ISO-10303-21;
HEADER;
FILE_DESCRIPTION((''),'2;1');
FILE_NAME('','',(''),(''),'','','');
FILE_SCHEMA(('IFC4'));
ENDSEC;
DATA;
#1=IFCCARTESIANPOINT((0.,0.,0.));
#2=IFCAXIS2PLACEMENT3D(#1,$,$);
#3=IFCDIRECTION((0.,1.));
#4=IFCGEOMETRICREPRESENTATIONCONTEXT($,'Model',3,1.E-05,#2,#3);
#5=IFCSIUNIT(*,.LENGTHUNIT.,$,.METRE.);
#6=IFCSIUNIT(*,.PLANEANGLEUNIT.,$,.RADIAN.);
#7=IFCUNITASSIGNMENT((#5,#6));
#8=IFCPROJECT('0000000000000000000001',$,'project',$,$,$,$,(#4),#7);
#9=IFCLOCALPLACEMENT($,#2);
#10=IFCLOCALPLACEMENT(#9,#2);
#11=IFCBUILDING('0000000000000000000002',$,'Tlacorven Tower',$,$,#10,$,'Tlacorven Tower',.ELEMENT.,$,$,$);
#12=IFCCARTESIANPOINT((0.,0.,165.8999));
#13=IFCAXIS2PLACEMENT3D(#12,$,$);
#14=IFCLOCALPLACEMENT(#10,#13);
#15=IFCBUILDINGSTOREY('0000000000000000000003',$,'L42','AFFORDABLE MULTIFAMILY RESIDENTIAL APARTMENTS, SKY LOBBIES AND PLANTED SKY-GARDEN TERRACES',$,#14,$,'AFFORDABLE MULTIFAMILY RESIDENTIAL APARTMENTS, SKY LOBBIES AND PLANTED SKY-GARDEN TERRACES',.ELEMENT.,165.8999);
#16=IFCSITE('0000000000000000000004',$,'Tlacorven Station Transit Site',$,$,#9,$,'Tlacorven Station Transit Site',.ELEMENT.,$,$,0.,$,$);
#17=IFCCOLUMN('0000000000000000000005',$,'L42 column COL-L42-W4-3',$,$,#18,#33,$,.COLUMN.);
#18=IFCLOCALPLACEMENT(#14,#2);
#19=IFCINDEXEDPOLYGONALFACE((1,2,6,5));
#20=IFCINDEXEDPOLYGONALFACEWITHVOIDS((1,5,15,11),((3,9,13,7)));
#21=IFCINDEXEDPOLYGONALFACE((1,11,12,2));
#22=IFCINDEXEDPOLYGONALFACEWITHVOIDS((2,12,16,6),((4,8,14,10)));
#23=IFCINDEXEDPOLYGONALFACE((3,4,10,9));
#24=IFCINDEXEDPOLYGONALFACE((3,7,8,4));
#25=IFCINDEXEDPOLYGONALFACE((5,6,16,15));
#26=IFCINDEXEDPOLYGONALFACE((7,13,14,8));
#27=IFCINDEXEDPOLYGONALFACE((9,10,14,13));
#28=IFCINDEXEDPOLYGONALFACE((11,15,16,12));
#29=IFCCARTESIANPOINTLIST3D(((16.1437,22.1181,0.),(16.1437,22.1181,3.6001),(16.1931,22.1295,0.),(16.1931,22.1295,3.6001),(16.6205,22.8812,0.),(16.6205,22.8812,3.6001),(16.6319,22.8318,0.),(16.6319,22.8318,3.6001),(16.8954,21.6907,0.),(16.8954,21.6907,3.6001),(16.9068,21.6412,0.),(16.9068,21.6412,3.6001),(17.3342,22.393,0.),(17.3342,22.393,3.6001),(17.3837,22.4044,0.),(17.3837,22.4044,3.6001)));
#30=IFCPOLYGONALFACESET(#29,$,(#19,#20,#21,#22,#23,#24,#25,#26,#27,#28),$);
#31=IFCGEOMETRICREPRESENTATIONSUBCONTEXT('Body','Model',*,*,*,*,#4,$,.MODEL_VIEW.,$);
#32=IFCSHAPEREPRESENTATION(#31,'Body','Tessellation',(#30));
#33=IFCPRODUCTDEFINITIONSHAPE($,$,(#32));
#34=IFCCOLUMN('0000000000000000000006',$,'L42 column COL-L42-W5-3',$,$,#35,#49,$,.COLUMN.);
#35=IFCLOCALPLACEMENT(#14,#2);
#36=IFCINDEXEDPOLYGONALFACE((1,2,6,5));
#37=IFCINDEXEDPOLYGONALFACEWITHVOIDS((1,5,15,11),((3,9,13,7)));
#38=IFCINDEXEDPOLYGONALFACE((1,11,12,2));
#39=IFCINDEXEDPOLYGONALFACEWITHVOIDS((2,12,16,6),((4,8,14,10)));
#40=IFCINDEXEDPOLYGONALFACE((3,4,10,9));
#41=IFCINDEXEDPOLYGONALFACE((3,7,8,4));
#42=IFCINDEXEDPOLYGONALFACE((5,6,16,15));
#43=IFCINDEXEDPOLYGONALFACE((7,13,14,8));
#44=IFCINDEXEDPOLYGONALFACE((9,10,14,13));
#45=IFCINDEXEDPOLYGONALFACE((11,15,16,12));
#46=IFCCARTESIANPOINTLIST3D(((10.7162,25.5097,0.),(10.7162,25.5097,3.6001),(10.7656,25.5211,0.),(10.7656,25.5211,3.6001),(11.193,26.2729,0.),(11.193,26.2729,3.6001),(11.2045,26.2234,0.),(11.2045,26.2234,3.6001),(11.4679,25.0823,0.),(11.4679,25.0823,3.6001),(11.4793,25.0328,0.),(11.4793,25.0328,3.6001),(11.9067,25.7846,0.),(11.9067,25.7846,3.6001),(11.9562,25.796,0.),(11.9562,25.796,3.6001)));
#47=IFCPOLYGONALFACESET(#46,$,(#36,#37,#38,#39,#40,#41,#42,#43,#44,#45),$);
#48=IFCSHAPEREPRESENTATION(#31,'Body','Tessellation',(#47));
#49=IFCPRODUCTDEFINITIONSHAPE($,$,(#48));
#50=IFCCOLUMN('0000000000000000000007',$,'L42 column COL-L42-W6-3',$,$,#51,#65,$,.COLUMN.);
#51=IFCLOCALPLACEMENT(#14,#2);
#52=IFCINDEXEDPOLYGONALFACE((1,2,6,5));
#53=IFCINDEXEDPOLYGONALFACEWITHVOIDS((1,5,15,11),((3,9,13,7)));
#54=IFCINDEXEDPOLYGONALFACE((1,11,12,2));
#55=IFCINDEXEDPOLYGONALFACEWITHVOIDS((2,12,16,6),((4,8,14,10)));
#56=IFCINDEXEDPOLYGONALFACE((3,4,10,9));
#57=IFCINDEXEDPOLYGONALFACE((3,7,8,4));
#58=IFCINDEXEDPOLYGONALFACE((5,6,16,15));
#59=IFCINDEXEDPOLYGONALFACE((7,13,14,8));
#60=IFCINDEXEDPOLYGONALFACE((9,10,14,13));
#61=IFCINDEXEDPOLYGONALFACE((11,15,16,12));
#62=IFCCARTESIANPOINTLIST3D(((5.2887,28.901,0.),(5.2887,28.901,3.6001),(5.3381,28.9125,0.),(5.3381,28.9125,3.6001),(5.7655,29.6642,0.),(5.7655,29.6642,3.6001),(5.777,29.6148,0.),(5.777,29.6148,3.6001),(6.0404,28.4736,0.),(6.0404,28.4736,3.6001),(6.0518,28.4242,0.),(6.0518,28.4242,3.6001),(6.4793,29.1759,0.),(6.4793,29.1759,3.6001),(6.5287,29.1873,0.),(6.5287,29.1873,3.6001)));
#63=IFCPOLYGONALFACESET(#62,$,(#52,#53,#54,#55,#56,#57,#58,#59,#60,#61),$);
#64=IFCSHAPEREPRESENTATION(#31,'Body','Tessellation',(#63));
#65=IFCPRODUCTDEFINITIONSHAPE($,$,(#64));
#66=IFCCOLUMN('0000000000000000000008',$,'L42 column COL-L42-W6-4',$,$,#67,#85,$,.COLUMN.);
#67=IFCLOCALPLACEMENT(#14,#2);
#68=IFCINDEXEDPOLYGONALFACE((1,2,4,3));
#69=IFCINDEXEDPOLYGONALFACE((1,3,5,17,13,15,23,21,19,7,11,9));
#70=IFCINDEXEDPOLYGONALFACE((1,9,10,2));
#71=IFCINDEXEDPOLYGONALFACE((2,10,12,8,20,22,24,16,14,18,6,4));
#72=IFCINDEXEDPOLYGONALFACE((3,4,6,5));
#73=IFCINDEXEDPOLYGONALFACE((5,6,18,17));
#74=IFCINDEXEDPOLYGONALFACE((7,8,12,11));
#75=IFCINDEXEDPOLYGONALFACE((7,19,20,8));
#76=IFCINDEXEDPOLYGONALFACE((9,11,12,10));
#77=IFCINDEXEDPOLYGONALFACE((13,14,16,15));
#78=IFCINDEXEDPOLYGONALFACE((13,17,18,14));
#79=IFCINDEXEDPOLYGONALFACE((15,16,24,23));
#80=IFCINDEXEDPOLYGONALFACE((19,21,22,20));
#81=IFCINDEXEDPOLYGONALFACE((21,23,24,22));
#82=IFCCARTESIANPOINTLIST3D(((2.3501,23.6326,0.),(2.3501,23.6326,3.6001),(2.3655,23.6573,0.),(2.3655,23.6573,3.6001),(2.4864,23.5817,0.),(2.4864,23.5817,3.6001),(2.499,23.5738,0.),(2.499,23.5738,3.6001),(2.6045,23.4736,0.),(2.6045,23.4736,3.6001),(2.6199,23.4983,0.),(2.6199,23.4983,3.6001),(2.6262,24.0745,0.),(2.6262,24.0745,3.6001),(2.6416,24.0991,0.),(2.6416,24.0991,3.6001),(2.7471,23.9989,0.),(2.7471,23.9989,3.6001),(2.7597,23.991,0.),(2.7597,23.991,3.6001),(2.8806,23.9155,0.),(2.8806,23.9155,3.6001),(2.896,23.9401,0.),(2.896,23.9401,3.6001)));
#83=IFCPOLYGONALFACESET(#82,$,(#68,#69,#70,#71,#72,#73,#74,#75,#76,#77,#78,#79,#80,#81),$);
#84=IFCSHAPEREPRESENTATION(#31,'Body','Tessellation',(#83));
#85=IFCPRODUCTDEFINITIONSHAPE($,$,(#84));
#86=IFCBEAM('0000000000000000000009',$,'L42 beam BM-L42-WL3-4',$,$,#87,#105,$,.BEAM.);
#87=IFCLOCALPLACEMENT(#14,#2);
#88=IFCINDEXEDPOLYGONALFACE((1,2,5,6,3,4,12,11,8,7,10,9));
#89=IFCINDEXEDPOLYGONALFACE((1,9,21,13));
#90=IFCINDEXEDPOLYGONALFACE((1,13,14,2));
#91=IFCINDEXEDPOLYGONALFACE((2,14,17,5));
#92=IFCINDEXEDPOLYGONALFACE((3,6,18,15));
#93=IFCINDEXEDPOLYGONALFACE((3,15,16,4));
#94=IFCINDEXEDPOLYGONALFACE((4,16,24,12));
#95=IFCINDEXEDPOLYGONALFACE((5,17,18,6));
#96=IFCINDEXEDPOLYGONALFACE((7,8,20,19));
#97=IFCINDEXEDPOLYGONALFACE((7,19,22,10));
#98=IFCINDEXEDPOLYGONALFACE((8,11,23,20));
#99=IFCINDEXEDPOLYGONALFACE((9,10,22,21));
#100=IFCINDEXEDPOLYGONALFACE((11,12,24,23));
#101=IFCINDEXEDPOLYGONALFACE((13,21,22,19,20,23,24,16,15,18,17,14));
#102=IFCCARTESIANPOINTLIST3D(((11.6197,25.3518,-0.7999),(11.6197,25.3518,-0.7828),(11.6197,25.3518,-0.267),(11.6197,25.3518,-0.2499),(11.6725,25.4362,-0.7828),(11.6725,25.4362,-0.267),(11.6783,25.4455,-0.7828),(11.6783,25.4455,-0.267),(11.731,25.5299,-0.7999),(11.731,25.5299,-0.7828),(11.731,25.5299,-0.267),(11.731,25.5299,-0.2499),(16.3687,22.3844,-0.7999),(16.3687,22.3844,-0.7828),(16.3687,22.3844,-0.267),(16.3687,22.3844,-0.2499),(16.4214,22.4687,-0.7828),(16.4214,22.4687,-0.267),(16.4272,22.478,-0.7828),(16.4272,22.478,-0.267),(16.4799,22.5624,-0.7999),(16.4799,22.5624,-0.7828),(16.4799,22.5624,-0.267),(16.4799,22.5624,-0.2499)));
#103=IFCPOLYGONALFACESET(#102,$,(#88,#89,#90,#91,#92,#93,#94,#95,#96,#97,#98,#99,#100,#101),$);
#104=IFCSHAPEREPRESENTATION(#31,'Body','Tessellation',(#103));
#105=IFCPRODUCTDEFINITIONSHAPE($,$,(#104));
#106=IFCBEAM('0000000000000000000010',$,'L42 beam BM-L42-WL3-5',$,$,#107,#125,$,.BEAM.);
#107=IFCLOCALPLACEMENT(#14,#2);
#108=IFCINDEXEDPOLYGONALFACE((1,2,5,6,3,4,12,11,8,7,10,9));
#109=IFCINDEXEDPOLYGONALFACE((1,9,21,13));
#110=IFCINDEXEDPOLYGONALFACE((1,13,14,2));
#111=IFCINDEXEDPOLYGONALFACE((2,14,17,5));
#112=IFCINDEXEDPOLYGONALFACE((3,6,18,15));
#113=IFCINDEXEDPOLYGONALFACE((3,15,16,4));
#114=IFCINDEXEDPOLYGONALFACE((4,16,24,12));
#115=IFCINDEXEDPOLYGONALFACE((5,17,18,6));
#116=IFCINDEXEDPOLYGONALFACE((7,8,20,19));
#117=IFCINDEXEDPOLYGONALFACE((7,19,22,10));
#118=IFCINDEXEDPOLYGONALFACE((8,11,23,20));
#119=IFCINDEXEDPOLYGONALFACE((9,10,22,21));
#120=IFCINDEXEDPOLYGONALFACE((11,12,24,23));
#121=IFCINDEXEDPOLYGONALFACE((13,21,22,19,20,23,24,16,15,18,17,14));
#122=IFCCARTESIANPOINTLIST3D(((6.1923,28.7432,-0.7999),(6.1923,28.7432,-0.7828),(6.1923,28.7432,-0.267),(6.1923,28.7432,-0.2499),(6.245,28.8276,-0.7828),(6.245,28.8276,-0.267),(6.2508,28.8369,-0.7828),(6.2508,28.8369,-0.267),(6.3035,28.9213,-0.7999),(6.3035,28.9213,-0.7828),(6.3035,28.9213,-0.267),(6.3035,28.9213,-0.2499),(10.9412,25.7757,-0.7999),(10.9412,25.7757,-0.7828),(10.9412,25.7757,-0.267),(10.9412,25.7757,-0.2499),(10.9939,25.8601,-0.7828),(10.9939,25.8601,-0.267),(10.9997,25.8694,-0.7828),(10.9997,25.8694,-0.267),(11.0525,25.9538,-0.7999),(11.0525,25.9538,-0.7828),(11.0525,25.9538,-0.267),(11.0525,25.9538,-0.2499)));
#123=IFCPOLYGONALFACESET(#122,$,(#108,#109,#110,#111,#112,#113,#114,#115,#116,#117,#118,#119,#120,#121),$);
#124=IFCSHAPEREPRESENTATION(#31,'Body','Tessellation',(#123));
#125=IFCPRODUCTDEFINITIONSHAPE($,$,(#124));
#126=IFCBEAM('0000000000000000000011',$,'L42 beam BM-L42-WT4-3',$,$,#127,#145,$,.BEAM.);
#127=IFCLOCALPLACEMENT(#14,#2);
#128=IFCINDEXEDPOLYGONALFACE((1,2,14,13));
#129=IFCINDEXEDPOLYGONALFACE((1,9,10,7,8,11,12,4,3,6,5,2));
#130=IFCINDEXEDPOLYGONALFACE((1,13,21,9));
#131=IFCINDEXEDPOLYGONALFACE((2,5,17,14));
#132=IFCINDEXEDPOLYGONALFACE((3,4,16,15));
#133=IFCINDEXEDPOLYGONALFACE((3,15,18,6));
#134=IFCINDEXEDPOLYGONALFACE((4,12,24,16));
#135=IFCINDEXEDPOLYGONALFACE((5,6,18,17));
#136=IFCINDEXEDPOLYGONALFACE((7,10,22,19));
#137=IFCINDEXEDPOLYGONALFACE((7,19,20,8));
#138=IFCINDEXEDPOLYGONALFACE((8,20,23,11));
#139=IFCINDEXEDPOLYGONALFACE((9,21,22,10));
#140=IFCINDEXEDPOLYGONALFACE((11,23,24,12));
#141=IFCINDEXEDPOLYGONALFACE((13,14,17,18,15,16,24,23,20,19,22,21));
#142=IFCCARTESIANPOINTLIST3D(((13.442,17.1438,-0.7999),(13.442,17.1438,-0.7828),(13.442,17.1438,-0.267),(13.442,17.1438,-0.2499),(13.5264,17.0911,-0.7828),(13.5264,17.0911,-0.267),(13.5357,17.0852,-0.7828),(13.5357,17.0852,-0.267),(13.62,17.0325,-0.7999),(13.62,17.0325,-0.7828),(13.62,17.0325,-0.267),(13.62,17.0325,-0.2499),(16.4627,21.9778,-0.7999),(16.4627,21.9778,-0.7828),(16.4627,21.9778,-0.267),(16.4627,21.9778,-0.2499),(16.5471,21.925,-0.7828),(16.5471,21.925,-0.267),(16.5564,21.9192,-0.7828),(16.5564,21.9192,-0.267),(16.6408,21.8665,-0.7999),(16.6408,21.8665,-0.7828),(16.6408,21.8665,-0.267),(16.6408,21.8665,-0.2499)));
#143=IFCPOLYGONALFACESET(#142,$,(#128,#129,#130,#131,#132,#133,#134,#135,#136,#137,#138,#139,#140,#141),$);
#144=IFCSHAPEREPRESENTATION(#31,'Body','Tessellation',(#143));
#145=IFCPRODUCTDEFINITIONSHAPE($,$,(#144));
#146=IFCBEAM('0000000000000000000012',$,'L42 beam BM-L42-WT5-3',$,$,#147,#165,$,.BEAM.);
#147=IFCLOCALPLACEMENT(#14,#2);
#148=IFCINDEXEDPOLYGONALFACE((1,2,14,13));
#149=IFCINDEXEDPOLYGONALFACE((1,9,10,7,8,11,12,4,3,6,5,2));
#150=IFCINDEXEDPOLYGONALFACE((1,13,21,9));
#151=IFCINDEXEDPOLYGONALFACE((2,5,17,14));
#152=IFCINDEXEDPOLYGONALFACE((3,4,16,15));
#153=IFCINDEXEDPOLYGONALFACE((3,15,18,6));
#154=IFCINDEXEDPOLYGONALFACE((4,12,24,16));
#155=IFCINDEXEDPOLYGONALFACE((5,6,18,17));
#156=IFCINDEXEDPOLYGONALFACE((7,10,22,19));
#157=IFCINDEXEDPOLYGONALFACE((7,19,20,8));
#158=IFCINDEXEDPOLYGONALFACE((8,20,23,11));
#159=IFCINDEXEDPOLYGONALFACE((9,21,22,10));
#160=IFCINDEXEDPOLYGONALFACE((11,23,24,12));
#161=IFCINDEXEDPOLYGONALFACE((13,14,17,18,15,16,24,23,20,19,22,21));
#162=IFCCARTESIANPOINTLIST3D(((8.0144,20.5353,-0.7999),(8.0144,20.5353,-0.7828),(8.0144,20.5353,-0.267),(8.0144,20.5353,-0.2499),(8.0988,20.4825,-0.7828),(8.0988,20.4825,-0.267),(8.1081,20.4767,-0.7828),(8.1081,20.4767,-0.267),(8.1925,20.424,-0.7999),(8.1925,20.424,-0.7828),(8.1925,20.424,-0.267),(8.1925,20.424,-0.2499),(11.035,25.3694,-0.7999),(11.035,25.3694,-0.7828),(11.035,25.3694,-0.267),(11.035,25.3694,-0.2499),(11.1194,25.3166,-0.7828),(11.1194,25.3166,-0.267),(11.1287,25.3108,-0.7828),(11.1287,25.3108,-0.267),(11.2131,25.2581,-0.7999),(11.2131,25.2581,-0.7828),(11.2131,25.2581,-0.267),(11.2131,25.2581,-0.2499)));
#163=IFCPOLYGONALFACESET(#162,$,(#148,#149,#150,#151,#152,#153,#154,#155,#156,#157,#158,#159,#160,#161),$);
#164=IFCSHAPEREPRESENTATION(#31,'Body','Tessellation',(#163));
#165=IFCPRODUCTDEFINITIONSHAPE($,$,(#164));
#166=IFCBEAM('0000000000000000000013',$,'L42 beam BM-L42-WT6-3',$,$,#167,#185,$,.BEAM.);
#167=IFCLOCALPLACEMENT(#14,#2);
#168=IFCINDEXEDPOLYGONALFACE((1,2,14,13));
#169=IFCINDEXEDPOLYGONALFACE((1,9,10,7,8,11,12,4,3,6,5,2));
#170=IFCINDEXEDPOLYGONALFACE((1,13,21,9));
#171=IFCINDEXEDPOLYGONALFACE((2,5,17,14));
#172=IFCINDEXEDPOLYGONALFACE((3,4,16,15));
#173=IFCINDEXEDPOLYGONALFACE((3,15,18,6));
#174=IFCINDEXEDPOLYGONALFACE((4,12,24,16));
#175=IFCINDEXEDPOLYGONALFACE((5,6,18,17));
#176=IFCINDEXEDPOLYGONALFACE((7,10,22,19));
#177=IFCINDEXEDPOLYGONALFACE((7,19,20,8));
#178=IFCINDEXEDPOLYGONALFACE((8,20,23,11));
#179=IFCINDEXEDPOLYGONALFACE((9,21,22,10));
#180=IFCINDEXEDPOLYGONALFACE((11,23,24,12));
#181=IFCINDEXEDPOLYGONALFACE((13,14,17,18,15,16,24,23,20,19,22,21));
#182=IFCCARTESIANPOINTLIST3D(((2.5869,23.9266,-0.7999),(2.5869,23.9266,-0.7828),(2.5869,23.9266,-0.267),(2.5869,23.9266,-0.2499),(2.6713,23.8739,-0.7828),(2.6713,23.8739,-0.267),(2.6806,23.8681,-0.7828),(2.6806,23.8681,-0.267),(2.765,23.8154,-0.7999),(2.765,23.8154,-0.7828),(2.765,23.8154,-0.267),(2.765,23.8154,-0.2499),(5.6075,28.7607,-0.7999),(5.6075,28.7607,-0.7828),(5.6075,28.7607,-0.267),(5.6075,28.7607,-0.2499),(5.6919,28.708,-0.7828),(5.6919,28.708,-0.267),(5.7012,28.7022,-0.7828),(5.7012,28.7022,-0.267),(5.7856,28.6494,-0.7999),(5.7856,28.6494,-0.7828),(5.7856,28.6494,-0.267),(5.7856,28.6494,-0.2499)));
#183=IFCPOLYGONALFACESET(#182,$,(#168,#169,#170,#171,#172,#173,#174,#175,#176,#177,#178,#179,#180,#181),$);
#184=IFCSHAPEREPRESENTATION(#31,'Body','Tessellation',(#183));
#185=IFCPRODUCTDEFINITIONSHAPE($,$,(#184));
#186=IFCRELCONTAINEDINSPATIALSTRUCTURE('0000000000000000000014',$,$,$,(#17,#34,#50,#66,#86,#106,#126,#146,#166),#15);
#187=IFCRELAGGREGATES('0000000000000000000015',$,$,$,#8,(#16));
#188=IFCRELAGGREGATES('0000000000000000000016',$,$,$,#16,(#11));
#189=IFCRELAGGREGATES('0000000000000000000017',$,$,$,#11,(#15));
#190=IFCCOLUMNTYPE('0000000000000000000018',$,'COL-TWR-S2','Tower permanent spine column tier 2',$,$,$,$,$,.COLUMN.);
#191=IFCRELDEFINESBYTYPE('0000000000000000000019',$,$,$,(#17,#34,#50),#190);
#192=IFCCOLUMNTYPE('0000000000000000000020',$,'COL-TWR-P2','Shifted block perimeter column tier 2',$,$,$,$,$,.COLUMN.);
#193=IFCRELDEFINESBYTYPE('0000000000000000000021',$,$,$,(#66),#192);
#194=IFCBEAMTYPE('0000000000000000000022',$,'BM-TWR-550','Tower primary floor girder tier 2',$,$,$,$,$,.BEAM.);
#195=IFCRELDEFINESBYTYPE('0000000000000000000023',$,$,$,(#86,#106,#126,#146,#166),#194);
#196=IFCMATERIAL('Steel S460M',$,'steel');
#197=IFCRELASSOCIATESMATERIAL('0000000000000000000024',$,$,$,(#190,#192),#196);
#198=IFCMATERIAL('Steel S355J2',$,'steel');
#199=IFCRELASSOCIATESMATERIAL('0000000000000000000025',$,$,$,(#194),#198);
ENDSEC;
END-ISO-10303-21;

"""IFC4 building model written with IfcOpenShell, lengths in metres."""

from ifc_helpers import new_model, si_unit, direction, frame, origin, origin_2d, place, context, subcontext, project, spatial, hollow_rectangle, i_section, extrude, source, transform, mapped, material, material_profile, profile_set, type_object, element, save


model = new_model("IFC4")

# Units and contexts
model_context = context("Model", 3, precision=1e-05, world=origin(), true_north=direction((0.0, 1.0)))
body_context = subcontext(model_context, "Body", "Model", "MODEL_VIEW")
ifc_project = project(units=[si_unit("LENGTHUNIT", "METRE"), si_unit("PLANEANGLEUNIT", "RADIAN")], contexts=[model_context])

# Site, building, storey
site_placement = place(None, origin())
site = spatial("IfcSite", under=ifc_project, at=site_placement, Name="Tlacorven Station Transit Site", LongName="Tlacorven Station Transit Site", CompositionType="ELEMENT", RefElevation=0.0)
building_placement = place(site_placement, origin())
building = spatial("IfcBuilding", under=site, at=building_placement, Name="Tlacorven Tower", LongName="Tlacorven Tower", CompositionType="ELEMENT")
storey_placement = place(building_placement, frame((0.0, 0.0, 165.8999)))
storey = spatial("IfcBuildingStorey", under=building, at=storey_placement, Name="L42", Description="AFFORDABLE MULTIFAMILY RESIDENTIAL APARTMENTS, SKY LOBBIES AND PLANTED SKY-GARDEN TERRACES", LongName="AFFORDABLE MULTIFAMILY RESIDENTIAL APARTMENTS, SKY LOBBIES AND PLANTED SKY-GARDEN TERRACES", CompositionType="ELEMENT", Elevation=165.8999)

# Columns
ifc_material_1 = material(Name="Steel S460M", Category="steel")
ifc_material_profile_1 = material_profile(ifc_material_1, hollow_rectangle(XDim=0.8999, YDim=0.8999, WallThickness=0.0359, at=origin_2d()), Name="BOX 900X900X36")
ifc_profile_set_1 = profile_set([ifc_material_profile_1], Name="Steel S460M")
column_type_1 = type_object("IfcColumnType", Name="COL-TWR-S2", Description="Tower permanent spine column tier 2", PredefinedType="COLUMN", material=ifc_profile_set_1)
shared_shape_1 = source(origin(), body_context, "Body", "SweptSolid", [
    extrude(hollow_rectangle(XDim=0.8999, YDim=0.8999, WallThickness=0.0359, at=origin_2d()), origin(), (0.0, 0.0, 1.0), 3.6001),
])
for number, where, z_axis, x_axis, name in (
    (1, (16.7637, 22.2612, 0.0), (0.0, 0.0, 1.0), (-0.848048, 0.529919, 0.0), "L42 column COL-L42-W4-3"),
    (2, (11.3362, 25.6528, 0.0), (0.0, 0.0, 1.0), (-0.848048, 0.529919, 0.0), "L42 column COL-L42-W5-3"),
    (3, (5.9087, 29.0442, 0.0), (0.0, 0.0, 1.0), (-0.848048, 0.529919, 0.0), "L42 column COL-L42-W6-3"),
):
    element("IfcColumn", number, at=place(storey_placement, frame(where, z_axis=z_axis, x_axis=x_axis)), inside=storey, type_object=column_type_1, Name=name, PredefinedType="COLUMN", context=body_context, shape_type="MappedRepresentation", body=[
        mapped(shared_shape_1, transform((0.0, 0.0, 0.0), scale=1.0)),
    ])
ifc_material_profile_2 = material_profile(ifc_material_1, i_section(OverallWidth=0.3, OverallDepth=0.55, WebThickness=0.0149, FlangeThickness=0.0291, at=origin_2d()), Name="HEB 550")
ifc_profile_set_2 = profile_set([ifc_material_profile_2], Name="Steel S460M")
column_type_2 = type_object("IfcColumnType", Name="COL-TWR-P2", Description="Shifted block perimeter column tier 2", PredefinedType="COLUMN", material=ifc_profile_set_2)
shared_shape_2 = source(origin(), body_context, "Body", "SweptSolid", [
    extrude(i_section(OverallWidth=0.3, OverallDepth=0.55, WebThickness=0.0149, FlangeThickness=0.0291, at=origin_2d()), origin(), (0.0, 0.0, 1.0), 3.6001),
])
column_placement = place(storey_placement, frame((2.623, 23.7864, 0.0), z_axis=(0.0, 0.0, 1.0), x_axis=(-0.848048, 0.529919, 0.0)))
element("IfcColumn", 4, at=column_placement, inside=storey, type_object=column_type_2, Name="L42 column COL-L42-W6-4", PredefinedType="COLUMN", context=body_context, shape_type="MappedRepresentation", body=[
    mapped(shared_shape_2, transform((0.0, 0.0, 0.0), scale=1.0)),
])

# Beams
ifc_material_2 = material(Name="Steel S355J2", Category="steel")
ifc_material_profile_3 = material_profile(ifc_material_2, i_section(OverallWidth=0.21, OverallDepth=0.55, WebThickness=0.011, FlangeThickness=0.0171, at=origin_2d()), Name="IPE 550")
ifc_profile_set_3 = profile_set([ifc_material_profile_3], Name="Steel S355J2")
beam_type_1 = type_object("IfcBeamType", Name="BM-TWR-550", Description="Tower primary floor girder tier 2", PredefinedType="BEAM", material=ifc_profile_set_3)
shared_shape_3 = source(origin(), body_context, "Body", "SweptSolid", [
    extrude(i_section(OverallWidth=0.21, OverallDepth=0.55, WebThickness=0.011, FlangeThickness=0.0171, at=origin_2d()), origin(), (0.0, 0.0, 1.0), 5.5999),
])
for number, where, z_axis, x_axis, name in (
    (5, (16.4243, 22.4734, -0.5249), (-0.848047, 0.529921, 0.0), (-0.529921, -0.848047, 0.0), "L42 beam BM-L42-WL3-4"),
    (6, (10.9968, 25.8647, -0.5249), (-0.848047, 0.529921, 0.0), (-0.529921, -0.848047, 0.0), "L42 beam BM-L42-WL3-5"),
):
    element("IfcBeam", number, at=place(storey_placement, frame(where, z_axis=z_axis, x_axis=x_axis)), inside=storey, type_object=beam_type_1, Name=name, PredefinedType="BEAM", context=body_context, shape_type="MappedRepresentation", body=[
        mapped(shared_shape_3, transform((0.0, 0.0, 0.0), scale=1.0)),
    ])
shared_shape_4 = source(origin(), body_context, "Body", "SweptSolid", [
    extrude(i_section(OverallWidth=0.21, OverallDepth=0.55, WebThickness=0.011, FlangeThickness=0.0171, at=origin_2d()), origin(), (0.0, 0.0, 1.0), 5.7002),
])
for number, where, z_axis, x_axis, name in (
    (7, (16.5518, 21.9221, -0.5249), (-0.529937, -0.848037, 0.0), (0.848037, -0.529937, 0.0), "L42 beam BM-L42-WT4-3"),
    (8, (11.124, 25.3137, -0.5249), (-0.529907, -0.848056, 0.0), (0.848056, -0.529907, 0.0), "L42 beam BM-L42-WT5-3"),
    (9, (5.6965, 28.7051, -0.5249), (-0.529907, -0.848056, 0.0), (0.848056, -0.529907, 0.0), "L42 beam BM-L42-WT6-3"),
):
    element("IfcBeam", number, at=place(storey_placement, frame(where, z_axis=z_axis, x_axis=x_axis)), inside=storey, type_object=beam_type_1, Name=name, PredefinedType="BEAM", context=body_context, shape_type="MappedRepresentation", body=[
        mapped(shared_shape_4, transform((0.0, 0.0, 0.0), scale=1.0)),
    ])

save(model, "model.ifc")
